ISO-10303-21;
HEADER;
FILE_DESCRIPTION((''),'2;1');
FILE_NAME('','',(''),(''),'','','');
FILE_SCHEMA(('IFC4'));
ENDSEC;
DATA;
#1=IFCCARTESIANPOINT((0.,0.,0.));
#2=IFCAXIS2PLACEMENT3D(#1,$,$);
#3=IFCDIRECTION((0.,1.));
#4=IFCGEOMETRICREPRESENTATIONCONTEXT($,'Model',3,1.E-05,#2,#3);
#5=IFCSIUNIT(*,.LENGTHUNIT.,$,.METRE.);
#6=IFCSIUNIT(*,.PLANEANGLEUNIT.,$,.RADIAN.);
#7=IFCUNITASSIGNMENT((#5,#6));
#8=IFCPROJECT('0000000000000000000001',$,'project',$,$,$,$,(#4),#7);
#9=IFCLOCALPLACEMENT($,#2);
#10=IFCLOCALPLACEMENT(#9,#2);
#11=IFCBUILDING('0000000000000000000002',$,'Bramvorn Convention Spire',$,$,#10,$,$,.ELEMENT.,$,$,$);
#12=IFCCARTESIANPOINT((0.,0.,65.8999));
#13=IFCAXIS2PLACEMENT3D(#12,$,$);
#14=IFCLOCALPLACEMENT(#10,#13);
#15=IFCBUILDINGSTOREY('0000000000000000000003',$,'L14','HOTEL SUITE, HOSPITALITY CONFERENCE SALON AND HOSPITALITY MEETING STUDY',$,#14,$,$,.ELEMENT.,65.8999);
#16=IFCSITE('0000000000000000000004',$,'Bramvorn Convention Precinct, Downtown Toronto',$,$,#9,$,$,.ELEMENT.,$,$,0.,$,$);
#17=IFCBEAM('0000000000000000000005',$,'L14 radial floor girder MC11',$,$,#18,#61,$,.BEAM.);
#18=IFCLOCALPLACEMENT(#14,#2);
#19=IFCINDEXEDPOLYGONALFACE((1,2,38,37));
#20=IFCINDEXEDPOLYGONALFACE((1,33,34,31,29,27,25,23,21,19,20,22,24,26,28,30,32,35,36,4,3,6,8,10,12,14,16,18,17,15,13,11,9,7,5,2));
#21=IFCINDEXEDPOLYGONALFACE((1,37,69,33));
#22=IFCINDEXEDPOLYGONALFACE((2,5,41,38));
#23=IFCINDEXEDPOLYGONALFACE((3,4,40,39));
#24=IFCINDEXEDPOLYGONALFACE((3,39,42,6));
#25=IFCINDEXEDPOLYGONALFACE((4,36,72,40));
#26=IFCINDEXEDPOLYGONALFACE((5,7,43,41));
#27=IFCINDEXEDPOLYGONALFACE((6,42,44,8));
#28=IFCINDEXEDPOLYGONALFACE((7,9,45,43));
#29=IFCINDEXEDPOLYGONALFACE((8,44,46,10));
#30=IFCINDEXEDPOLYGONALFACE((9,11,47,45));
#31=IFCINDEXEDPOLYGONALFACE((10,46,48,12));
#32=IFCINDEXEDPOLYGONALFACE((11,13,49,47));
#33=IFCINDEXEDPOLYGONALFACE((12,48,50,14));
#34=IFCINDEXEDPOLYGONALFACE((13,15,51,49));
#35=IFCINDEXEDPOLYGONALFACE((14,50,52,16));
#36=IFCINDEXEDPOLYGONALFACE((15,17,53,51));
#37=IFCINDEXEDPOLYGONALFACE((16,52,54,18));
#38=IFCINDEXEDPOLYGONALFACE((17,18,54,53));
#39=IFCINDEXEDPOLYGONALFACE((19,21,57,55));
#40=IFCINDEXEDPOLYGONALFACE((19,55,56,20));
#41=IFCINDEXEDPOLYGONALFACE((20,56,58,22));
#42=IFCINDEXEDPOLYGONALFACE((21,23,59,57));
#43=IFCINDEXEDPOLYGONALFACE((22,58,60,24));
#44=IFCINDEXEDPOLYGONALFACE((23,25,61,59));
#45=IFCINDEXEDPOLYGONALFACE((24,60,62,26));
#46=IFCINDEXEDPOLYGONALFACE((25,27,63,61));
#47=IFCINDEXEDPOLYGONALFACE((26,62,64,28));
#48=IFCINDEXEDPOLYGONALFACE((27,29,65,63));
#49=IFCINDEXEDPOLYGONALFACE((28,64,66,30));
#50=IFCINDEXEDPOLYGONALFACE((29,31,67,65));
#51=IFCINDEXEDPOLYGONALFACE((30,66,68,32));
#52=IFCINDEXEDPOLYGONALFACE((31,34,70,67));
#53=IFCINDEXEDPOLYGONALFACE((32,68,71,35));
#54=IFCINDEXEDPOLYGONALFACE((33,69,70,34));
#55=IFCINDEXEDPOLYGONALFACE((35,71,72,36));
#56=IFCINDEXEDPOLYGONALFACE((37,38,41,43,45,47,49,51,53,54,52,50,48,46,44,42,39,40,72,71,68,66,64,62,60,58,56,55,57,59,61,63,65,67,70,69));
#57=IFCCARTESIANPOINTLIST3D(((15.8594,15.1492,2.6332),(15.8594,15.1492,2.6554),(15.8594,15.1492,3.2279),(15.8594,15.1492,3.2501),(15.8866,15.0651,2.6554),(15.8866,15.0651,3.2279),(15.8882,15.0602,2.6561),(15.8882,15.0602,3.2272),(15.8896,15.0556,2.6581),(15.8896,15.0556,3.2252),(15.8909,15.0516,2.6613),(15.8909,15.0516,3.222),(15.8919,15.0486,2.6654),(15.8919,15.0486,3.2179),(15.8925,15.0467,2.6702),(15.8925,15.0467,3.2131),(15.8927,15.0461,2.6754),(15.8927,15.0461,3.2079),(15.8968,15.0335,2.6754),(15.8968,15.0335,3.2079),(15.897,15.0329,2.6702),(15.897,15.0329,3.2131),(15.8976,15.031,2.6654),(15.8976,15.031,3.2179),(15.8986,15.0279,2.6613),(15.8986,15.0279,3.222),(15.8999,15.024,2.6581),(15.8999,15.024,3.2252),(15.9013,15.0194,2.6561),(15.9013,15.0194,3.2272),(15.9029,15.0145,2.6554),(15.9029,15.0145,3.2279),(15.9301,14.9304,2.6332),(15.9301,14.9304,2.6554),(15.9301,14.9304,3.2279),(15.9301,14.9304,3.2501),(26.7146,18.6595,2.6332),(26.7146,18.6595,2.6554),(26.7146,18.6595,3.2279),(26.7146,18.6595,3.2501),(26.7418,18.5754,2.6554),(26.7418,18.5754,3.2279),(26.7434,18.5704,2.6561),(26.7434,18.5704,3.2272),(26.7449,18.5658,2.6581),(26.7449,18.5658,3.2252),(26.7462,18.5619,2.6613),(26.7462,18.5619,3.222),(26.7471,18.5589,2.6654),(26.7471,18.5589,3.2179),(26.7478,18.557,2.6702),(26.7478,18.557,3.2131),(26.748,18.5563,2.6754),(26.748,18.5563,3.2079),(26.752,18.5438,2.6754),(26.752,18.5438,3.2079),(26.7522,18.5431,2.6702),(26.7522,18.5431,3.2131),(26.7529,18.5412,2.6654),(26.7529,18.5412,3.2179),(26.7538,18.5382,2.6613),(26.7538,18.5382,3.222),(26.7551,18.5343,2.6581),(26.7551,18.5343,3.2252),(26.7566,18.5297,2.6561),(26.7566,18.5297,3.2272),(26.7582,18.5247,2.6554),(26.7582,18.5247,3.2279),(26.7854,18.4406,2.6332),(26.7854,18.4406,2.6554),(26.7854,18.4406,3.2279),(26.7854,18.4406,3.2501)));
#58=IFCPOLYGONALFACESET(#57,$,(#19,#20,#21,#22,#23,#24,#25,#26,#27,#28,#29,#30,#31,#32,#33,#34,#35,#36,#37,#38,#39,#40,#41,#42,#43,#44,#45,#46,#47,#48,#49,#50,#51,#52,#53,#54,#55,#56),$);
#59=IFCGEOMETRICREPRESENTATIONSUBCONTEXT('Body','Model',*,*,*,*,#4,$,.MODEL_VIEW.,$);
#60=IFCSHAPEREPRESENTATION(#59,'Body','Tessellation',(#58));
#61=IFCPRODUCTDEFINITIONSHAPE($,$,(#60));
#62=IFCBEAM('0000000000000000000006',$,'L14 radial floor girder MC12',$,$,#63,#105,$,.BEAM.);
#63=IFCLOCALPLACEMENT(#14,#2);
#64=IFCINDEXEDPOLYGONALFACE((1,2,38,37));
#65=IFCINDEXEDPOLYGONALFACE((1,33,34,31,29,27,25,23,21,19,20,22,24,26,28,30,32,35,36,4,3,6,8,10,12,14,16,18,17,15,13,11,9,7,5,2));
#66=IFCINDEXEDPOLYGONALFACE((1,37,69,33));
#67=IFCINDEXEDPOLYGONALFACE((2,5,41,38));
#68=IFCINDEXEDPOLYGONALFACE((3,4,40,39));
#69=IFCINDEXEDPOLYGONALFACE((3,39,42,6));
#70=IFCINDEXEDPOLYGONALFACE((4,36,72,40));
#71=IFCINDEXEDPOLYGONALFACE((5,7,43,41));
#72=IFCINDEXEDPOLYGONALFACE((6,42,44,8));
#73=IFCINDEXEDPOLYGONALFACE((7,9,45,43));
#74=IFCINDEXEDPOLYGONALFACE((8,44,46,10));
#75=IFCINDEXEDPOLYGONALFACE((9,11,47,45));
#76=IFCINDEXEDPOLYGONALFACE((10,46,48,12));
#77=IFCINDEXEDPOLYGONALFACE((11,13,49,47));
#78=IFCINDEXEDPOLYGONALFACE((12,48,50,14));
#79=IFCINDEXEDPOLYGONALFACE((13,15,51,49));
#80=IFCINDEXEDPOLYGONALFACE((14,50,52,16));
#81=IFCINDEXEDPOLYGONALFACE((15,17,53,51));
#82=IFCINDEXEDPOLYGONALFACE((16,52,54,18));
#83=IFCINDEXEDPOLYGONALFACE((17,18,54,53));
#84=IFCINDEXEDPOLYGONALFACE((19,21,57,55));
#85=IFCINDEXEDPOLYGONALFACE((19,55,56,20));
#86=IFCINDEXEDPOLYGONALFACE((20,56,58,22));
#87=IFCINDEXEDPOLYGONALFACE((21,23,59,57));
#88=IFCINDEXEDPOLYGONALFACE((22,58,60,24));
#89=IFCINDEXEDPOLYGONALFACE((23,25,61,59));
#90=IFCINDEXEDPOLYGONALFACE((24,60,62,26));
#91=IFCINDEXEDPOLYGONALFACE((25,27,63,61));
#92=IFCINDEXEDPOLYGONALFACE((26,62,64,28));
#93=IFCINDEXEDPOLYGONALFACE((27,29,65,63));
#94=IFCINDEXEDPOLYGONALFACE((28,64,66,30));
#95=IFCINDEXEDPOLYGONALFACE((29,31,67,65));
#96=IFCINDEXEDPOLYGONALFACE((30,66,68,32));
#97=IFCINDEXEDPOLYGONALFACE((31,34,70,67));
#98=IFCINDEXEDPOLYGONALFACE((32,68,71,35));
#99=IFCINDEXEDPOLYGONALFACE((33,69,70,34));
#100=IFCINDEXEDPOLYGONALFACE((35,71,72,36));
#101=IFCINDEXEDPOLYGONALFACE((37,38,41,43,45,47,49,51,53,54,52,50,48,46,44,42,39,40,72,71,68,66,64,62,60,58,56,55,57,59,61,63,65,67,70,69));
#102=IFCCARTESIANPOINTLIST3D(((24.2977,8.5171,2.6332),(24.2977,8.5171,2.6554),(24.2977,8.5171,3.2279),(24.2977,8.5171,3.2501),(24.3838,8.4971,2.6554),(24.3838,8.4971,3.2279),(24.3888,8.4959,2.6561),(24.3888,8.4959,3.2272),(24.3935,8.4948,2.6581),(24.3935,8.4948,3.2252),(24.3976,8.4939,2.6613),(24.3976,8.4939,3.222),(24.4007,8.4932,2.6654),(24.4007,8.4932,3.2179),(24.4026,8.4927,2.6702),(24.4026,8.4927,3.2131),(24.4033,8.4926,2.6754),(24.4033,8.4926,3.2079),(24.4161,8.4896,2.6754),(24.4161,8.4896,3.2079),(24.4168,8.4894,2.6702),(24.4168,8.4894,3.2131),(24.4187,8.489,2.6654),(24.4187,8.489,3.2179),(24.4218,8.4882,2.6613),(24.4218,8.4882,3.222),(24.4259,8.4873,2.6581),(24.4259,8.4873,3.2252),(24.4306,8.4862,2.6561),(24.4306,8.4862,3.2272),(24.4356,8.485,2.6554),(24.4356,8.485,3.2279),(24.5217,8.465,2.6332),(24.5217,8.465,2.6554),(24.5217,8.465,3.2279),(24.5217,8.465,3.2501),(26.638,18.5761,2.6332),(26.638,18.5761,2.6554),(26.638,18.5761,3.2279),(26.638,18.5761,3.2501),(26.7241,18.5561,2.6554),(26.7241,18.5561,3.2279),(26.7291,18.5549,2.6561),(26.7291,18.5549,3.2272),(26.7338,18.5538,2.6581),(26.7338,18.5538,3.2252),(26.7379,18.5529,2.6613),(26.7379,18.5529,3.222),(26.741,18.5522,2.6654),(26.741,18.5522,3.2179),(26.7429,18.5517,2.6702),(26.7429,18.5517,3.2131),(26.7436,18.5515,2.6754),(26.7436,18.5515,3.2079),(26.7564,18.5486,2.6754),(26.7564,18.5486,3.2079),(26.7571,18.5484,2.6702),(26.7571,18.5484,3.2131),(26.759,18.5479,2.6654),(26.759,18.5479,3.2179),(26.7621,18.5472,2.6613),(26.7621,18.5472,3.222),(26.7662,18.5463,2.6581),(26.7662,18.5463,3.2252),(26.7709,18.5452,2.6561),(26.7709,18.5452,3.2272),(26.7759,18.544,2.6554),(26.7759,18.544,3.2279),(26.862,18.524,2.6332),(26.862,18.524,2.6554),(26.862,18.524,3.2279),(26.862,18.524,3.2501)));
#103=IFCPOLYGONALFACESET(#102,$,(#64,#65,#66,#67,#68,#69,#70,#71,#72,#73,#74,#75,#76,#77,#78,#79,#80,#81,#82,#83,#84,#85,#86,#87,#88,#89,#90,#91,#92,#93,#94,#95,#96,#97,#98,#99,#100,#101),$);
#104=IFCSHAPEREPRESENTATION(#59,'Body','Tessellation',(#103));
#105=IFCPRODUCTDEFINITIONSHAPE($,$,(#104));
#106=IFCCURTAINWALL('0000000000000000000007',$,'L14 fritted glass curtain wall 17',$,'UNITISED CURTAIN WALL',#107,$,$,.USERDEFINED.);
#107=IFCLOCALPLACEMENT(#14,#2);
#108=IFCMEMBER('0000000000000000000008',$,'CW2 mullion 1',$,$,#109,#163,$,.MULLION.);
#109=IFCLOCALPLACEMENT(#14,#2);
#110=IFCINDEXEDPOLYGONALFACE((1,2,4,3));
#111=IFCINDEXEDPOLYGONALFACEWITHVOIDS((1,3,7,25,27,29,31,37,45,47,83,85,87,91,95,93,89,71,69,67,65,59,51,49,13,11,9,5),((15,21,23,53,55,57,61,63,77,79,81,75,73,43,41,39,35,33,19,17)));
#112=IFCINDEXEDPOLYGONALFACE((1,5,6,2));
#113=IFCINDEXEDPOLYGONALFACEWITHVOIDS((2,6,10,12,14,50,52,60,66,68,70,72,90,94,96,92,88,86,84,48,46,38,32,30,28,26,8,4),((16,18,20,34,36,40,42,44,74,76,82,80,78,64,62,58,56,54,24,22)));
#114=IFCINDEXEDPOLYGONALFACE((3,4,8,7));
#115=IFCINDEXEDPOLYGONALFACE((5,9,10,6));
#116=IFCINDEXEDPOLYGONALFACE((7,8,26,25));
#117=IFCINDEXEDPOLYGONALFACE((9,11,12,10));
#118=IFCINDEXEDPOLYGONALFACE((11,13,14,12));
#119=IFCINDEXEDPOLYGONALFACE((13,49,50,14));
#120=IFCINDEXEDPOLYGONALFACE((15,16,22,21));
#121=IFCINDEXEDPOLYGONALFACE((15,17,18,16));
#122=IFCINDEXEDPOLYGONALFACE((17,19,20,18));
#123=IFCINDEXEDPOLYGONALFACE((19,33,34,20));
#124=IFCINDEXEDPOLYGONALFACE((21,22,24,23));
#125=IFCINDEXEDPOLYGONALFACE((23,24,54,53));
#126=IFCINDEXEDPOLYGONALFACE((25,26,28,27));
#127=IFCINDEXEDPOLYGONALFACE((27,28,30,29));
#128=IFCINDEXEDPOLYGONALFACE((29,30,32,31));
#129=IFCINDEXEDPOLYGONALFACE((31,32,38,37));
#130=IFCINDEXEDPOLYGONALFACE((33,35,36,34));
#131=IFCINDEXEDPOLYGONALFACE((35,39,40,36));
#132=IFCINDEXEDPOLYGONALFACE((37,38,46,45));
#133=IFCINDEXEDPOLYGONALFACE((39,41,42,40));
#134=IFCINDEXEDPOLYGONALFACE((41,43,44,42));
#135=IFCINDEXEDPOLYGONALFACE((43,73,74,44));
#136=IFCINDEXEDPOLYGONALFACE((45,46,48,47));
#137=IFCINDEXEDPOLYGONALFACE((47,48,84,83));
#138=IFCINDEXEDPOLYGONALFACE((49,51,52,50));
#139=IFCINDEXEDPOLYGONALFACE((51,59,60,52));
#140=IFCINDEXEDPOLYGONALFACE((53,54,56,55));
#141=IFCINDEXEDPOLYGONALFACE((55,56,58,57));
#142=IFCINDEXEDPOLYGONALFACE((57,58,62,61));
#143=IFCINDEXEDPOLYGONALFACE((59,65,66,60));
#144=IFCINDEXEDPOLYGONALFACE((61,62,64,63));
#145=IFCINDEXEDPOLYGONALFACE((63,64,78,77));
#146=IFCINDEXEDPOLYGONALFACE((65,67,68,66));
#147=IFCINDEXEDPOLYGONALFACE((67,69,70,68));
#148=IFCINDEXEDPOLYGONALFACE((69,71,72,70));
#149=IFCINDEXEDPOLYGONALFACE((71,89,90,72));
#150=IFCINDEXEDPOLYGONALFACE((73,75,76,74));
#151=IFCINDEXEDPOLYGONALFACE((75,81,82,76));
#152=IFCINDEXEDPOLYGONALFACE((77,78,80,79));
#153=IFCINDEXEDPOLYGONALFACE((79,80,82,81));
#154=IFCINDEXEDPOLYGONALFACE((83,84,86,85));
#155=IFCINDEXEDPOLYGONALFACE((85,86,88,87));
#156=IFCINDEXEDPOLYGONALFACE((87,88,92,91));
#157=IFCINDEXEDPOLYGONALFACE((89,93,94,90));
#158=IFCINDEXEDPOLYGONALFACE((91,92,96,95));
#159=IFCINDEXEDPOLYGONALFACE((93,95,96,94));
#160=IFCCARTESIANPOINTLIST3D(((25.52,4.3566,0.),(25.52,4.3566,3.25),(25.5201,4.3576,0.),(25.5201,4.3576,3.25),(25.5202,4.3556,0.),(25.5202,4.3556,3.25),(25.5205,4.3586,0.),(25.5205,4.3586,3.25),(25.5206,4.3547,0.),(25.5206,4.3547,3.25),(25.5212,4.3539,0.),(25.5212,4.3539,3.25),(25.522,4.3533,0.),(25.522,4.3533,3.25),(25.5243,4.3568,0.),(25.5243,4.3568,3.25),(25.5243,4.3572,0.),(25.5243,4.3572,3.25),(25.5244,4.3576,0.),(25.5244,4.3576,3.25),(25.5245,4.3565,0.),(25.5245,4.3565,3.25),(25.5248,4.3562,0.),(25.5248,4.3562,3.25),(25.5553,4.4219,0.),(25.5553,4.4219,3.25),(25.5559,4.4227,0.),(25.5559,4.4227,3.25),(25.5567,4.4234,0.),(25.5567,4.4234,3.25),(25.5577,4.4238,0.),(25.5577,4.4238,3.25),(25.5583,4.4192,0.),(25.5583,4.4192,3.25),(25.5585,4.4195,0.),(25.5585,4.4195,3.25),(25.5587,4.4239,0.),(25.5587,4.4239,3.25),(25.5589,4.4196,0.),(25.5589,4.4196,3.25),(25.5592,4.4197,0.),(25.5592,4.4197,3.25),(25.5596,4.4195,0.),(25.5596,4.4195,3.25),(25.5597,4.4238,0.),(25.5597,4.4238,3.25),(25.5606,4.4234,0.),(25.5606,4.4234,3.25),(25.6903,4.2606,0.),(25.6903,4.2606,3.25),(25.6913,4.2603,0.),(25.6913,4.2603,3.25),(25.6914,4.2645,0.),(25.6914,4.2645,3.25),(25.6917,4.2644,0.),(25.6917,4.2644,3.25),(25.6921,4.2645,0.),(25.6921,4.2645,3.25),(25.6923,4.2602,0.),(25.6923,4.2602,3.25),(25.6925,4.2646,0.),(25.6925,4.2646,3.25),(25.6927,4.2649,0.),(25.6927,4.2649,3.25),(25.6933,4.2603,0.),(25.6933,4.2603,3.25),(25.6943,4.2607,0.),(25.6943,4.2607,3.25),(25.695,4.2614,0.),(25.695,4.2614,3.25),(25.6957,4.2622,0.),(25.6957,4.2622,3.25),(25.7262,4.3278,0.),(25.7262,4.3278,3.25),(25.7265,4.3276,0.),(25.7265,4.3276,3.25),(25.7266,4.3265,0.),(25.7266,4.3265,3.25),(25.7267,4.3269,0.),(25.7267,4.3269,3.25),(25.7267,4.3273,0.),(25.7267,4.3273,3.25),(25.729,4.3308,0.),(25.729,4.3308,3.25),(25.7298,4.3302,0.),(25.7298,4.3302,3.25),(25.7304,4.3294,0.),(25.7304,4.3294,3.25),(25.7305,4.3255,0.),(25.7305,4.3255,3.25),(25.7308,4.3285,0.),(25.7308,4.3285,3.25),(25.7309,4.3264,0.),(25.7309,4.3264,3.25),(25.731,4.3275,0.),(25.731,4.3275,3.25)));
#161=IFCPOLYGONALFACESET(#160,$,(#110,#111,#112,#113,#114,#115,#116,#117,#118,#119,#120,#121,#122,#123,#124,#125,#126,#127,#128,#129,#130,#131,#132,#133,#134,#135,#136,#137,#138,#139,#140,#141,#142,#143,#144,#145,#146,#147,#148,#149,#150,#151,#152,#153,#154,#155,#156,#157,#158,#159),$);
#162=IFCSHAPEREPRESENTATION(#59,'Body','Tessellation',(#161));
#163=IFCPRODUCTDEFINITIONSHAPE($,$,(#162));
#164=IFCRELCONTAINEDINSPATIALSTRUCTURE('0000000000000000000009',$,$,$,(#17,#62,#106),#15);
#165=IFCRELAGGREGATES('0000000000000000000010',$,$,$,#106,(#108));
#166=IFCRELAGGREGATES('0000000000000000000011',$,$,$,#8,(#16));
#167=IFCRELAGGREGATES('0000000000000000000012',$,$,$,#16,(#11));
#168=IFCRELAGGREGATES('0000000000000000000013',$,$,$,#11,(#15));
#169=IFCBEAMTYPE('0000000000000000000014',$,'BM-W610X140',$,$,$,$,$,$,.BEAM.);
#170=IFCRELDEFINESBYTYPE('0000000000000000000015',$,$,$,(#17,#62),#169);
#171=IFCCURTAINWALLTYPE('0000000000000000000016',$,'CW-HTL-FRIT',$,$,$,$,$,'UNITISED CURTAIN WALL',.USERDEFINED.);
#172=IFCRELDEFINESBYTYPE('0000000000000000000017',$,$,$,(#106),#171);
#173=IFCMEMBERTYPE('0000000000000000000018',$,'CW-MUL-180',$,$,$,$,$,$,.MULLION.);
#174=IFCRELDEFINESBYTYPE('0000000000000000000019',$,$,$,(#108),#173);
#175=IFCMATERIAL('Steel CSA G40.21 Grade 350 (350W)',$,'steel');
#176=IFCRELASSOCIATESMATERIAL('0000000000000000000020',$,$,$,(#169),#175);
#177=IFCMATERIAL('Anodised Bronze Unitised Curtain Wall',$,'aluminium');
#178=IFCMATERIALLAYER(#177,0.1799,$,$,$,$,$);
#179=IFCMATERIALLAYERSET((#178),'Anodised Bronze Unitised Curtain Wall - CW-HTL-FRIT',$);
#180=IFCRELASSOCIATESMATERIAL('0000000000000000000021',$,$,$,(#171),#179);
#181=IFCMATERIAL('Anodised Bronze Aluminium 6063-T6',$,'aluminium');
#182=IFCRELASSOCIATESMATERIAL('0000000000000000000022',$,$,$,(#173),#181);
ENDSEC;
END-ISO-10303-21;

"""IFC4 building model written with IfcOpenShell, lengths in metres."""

from ifc_helpers import new_model, si_unit, direction, frame, origin, origin_2d, place, context, subcontext, project, spatial, hollow_rectangle, i_section, extrude, material, layer, layer_set, material_profile, profile_set, type_object, element, aggregate, save


model = new_model("IFC4")

# Units and contexts
model_context = context("Model", 3, precision=1e-05, world=origin(), true_north=direction((0.0, 1.0)))
body_context = subcontext(model_context, "Body", "Model", "MODEL_VIEW")
ifc_project = project(units=[si_unit("LENGTHUNIT", "METRE"), si_unit("PLANEANGLEUNIT", "RADIAN")], contexts=[model_context])

# Site, building, storey
site_placement = place(None, origin())
site = spatial("IfcSite", under=ifc_project, at=site_placement, Name="Bramvorn Convention Precinct, Downtown Toronto", CompositionType="ELEMENT", RefElevation=0.0)
building_placement = place(site_placement, origin())
building = spatial("IfcBuilding", under=site, at=building_placement, Name="Bramvorn Convention Spire", CompositionType="ELEMENT")
storey_placement = place(building_placement, frame((0.0, 0.0, 65.8999)))
storey = spatial("IfcBuildingStorey", under=building, at=storey_placement, Name="L14", Description="HOTEL SUITE, HOSPITALITY CONFERENCE SALON AND HOSPITALITY MEETING STUDY", CompositionType="ELEMENT", Elevation=65.8999)

# Beams
ifc_material_1 = material(Name="Steel CSA G40.21 Grade 350 (350W)", Category="steel")
ifc_material_profile_1 = material_profile(ifc_material_1, i_section(OverallWidth=0.23, OverallDepth=0.6169, WebThickness=0.0132, FlangeThickness=0.0222, FilletRadius=0.02, at=origin_2d()))
ifc_profile_set_1 = profile_set([ifc_material_profile_1], Name="Steel CSA G40.21 Grade 350 (350W) - W610X140")
beam_type_1 = type_object("IfcBeamType", Name="BM-W610X140", PredefinedType="BEAM", material=ifc_profile_set_1)
beam_1_placement = place(storey_placement, frame((26.75, 18.55, 2.9417), z_axis=(-0.951489, -0.307683, 0.0), x_axis=(0.307683, -0.951489, 0.0)))
element("IfcBeam", 1, at=beam_1_placement, inside=storey, type_object=beam_type_1, Name="L14 radial floor girder MC11", PredefinedType="BEAM", context=body_context, shape_type="SweptSolid", body=[
    extrude(i_section(OverallWidth=0.23, OverallDepth=0.6169, WebThickness=0.0132, FlangeThickness=0.0222, FilletRadius=0.02, at=origin_2d()), origin(), (0.0, 0.0, 1.0), 11.4087),
])
beam_2_placement = place(storey_placement, frame((26.75, 18.55, 2.9417), z_axis=(-0.226606, -0.973986, 0.0), x_axis=(0.973986, -0.226606, 0.0)))
element("IfcBeam", 2, at=beam_2_placement, inside=storey, type_object=beam_type_1, Name="L14 radial floor girder MC12", PredefinedType="BEAM", context=body_context, shape_type="SweptSolid", body=[
    extrude(i_section(OverallWidth=0.23, OverallDepth=0.6169, WebThickness=0.0132, FlangeThickness=0.0222, FilletRadius=0.02, at=origin_2d()), origin(), (0.0, 0.0, 1.0), 10.3276),
])

# Curtain wall, member
ifc_material_2 = material(Name="Anodised Bronze Unitised Curtain Wall", Category="aluminium")
ifc_layer_1 = layer(ifc_material_2, 0.1799)
ifc_layer_set_1 = layer_set([ifc_layer_1], Name="Anodised Bronze Unitised Curtain Wall - CW-HTL-FRIT")
curtain_wall_type = type_object("IfcCurtainWallType", Name="CW-HTL-FRIT", ElementType="UNITISED CURTAIN WALL", PredefinedType="USERDEFINED", material=ifc_layer_set_1)
curtain_wall_1_placement = place(storey_placement, origin())
curtain_wall_1 = element("IfcCurtainWall", 3, at=curtain_wall_1_placement, inside=storey, type_object=curtain_wall_type, Name="L14 fritted glass curtain wall 17", ObjectType="UNITISED CURTAIN WALL", PredefinedType="USERDEFINED")
ifc_material_3 = material(Name="Anodised Bronze Aluminium 6063-T6", Category="aluminium")
ifc_material_profile_2 = material_profile(ifc_material_3, hollow_rectangle(XDim=0.0801, YDim=0.2, WallThickness=0.0039, InnerFilletRadius=0.001, OuterFilletRadius=0.0039, at=origin_2d()))
ifc_profile_set_2 = profile_set([ifc_material_profile_2], Name="Anodised Bronze Aluminium 6063-T6 - CWM80X200")
member_type_1 = type_object("IfcMemberType", Name="CW-MUL-180", PredefinedType="MULLION", material=ifc_profile_set_2)
member_1_placement = place(storey_placement, frame((25.6255, 4.342, 0.0), z_axis=(0.0, 0.0, 1.0), x_axis=(-0.482157, -0.876085, 0.0)))
member_1 = element("IfcMember", 4, at=member_1_placement, type_object=member_type_1, Name="CW2 mullion 1", PredefinedType="MULLION", context=body_context, shape_type="SweptSolid", body=[
    extrude(hollow_rectangle(XDim=0.0801, YDim=0.2, WallThickness=0.0039, InnerFilletRadius=0.001, OuterFilletRadius=0.0039, at=origin_2d()), origin(), (0.0, 0.0, 1.0), 3.25),
])

aggregate(curtain_wall_1, [member_1])

save(model, "model.ifc")
